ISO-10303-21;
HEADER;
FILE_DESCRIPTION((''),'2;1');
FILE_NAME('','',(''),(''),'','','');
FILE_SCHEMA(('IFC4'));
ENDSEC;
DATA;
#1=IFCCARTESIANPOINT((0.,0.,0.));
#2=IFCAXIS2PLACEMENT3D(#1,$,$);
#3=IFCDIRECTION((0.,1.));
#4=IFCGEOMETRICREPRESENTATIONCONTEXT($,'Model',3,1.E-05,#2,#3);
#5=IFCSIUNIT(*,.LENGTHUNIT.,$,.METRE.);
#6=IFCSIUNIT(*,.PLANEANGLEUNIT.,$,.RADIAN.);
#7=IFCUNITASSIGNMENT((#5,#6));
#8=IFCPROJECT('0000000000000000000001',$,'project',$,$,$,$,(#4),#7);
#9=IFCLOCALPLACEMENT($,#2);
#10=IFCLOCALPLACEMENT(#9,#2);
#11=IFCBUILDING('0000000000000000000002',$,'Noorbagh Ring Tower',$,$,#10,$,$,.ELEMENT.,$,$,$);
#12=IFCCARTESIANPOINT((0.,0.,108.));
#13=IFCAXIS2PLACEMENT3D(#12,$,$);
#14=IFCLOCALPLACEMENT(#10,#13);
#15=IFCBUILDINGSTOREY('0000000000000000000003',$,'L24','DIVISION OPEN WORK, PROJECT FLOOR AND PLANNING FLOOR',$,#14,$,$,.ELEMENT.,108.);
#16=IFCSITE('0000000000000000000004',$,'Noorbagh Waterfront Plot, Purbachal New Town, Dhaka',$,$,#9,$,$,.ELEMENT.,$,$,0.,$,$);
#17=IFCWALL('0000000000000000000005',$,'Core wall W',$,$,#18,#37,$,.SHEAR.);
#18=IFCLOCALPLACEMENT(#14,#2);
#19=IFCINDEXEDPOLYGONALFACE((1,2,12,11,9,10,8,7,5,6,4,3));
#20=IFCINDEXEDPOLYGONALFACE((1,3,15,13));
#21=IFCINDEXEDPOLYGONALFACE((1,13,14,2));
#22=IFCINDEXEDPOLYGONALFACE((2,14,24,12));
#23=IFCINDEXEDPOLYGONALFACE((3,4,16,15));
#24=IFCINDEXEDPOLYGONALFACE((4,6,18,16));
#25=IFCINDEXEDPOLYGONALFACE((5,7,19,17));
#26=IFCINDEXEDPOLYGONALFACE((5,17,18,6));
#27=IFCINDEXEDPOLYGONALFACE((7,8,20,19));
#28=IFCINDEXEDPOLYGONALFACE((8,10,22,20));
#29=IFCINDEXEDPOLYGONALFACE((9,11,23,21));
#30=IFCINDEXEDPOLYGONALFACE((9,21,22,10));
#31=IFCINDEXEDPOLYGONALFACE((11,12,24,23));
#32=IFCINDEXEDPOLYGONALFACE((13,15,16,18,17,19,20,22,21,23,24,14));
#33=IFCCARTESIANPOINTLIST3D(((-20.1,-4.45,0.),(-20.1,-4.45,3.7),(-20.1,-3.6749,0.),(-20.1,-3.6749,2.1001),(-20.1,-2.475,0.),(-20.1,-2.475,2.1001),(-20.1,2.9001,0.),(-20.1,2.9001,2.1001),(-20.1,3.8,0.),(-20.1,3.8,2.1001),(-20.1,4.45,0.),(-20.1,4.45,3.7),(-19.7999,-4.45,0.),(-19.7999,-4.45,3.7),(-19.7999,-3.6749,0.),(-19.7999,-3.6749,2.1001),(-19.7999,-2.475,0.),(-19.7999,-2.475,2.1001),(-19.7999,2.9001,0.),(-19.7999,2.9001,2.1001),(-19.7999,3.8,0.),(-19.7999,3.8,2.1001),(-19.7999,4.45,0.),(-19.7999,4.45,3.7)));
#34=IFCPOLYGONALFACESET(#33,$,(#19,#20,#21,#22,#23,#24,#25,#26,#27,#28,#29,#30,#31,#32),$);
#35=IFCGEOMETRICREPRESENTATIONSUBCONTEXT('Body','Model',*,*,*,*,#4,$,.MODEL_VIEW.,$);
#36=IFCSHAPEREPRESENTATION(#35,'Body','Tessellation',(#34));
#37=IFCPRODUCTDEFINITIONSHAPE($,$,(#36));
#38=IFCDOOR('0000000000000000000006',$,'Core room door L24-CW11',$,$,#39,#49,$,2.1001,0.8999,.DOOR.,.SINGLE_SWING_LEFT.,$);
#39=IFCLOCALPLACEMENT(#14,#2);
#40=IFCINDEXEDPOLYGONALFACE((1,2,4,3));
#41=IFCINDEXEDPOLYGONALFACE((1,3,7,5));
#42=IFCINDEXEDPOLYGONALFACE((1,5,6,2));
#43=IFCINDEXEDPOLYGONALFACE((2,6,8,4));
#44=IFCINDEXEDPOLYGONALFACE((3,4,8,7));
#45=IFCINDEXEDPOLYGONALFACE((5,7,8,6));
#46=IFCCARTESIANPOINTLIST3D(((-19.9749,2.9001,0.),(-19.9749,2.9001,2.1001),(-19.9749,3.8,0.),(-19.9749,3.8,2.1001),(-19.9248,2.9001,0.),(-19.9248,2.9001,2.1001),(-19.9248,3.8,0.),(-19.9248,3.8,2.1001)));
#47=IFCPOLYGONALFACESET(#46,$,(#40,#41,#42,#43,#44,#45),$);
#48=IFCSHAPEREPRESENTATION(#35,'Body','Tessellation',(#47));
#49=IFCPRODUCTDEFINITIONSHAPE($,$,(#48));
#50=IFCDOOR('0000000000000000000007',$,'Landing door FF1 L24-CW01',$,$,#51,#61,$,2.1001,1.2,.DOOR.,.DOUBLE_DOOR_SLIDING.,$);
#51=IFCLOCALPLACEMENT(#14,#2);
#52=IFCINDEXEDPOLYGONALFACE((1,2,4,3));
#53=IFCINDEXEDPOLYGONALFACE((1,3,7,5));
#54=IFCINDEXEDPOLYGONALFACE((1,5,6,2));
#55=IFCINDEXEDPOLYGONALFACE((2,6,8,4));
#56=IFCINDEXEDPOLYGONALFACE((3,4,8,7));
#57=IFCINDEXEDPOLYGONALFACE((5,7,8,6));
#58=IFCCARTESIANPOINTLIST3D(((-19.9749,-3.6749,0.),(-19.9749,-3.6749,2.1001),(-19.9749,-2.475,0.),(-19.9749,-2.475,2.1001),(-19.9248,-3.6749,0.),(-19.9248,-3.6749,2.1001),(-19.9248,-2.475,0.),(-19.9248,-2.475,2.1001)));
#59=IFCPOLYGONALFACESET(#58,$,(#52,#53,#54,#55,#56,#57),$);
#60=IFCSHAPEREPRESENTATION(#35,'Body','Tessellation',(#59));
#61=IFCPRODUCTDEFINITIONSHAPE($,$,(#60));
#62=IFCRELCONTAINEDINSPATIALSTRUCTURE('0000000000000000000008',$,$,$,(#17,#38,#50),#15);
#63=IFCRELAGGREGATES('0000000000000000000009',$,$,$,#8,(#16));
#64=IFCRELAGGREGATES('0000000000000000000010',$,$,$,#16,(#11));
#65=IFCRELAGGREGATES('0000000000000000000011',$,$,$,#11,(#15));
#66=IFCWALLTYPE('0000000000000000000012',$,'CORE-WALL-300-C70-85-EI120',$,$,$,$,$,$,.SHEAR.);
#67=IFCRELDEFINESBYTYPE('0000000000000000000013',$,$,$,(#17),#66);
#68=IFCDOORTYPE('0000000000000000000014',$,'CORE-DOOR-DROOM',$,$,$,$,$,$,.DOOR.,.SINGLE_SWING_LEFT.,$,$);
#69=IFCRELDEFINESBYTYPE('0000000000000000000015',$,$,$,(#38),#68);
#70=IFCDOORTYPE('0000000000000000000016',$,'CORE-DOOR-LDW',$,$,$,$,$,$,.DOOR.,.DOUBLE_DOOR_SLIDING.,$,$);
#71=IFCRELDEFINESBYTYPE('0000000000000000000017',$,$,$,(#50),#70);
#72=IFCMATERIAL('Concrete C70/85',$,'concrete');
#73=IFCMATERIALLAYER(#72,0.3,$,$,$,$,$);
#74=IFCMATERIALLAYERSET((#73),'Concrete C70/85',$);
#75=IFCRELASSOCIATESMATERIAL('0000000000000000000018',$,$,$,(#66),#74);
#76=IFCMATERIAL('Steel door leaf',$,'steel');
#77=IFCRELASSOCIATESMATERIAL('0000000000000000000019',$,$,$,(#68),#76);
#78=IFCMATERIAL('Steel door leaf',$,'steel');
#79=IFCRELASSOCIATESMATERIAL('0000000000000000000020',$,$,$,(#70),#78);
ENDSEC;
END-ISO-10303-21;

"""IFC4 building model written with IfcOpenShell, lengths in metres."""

from ifc_helpers import new_model, si_unit, direction, frame, frame_2d, origin, place, context, subcontext, project, spatial, rectangle, extrude, material, layer, layer_set, type_object, element, fill, save


model = new_model("IFC4")

# Units and contexts
model_context = context("Model", 3, precision=1e-05, world=origin(), true_north=direction((0.0, 1.0)))
body_context = subcontext(model_context, "Body", "Model", "MODEL_VIEW")
ifc_project = project(units=[si_unit("LENGTHUNIT", "METRE"), si_unit("PLANEANGLEUNIT", "RADIAN")], contexts=[model_context])

# Site, building, storey
site_placement = place(None, origin())
site = spatial("IfcSite", under=ifc_project, at=site_placement, Name="Noorbagh Waterfront Plot, Purbachal New Town, Dhaka", CompositionType="ELEMENT", RefElevation=0.0)
building_placement = place(site_placement, origin())
building = spatial("IfcBuilding", under=site, at=building_placement, Name="Noorbagh Ring Tower", CompositionType="ELEMENT")
storey_placement = place(building_placement, frame((0.0, 0.0, 108.0)))
storey = spatial("IfcBuildingStorey", under=building, at=storey_placement, Name="L24", Description="DIVISION OPEN WORK, PROJECT FLOOR AND PLANNING FLOOR", CompositionType="ELEMENT", Elevation=108.0)

# Shared definitions
ifc_material_1 = material(Name="Concrete C70/85", Category="concrete")
ifc_layer_1 = layer(ifc_material_1, 0.3)
ifc_layer_set_1 = layer_set([ifc_layer_1], Name="Concrete C70/85")
wall_type_1 = type_object("IfcWallType", Name="CORE-WALL-300-C70-85-EI120", PredefinedType="SHEAR", material=ifc_layer_set_1)

# Wall, openings, doors
wall_1_placement = place(storey_placement, frame((-19.95, -4.45, 0.0), z_axis=(0.0, 0.0, 1.0), x_axis=(0.0, 1.0, 0.0)))
wall_1 = element("IfcWall", 1, at=wall_1_placement, inside=storey, type_object=wall_type_1, Name="Core wall W", PredefinedType="SHEAR", context=body_context, shape_type="SweptSolid", body=[
    extrude(rectangle(XDim=8.8999, YDim=0.3, at=frame_2d((4.45, 0.0))), origin(), (0.0, 0.0, 1.0), 3.7),
])
opening_1_placement = place(wall_1_placement, frame((0.7749, 0.0, 0.0)))
opening_1 = element("IfcOpeningElement", 2, at=opening_1_placement, cuts=wall_1, PredefinedType="OPENING", context=body_context, shape_type="SweptSolid", body=[
    extrude(rectangle(XDim=1.2, YDim=2.1001, at=frame_2d((0.6001, 1.05))), frame((0.0, 0.1602, 0.0), z_axis=(0.0, -1.0, 0.0), x_axis=(1.0, 0.0, 0.0)), (0.0, 0.0, 1.0), 0.3201),
])
opening_2_placement = place(wall_1_placement, frame((7.3501, 0.0, 0.0)))
opening_2 = element("IfcOpeningElement", 3, at=opening_2_placement, cuts=wall_1, PredefinedType="OPENING", context=body_context, shape_type="SweptSolid", body=[
    extrude(rectangle(XDim=0.8999, YDim=2.1001, at=frame_2d((0.45, 1.05))), frame((0.0, 0.1602, 0.0), z_axis=(0.0, -1.0, 0.0), x_axis=(1.0, 0.0, 0.0)), (0.0, 0.0, 1.0), 0.3201),
])
ifc_material_2 = material(Name="Steel door leaf", Category="steel")
door_type_1 = type_object("IfcDoorType", Name="CORE-DOOR-DROOM", OperationType="SINGLE_SWING_LEFT", PredefinedType="DOOR", material=ifc_material_2)
door_1_placement = place(opening_2_placement, origin())
door_1 = element("IfcDoor", 4, at=door_1_placement, inside=storey, type_object=door_type_1, Name="Core room door L24-CW11", OperationType="SINGLE_SWING_LEFT", OverallHeight=2.1001, OverallWidth=0.8999, PredefinedType="DOOR", context=body_context, shape_type="SweptSolid", body=[
    extrude(rectangle(XDim=0.8999, YDim=2.1001, at=frame_2d((0.45, 1.05))), frame((0.0, 0.0249, 0.0), z_axis=(0.0, -1.0, 0.0), x_axis=(1.0, 0.0, 0.0)), (0.0, 0.0, 1.0), 0.05),
])
fill(opening_2, door_1)
ifc_material_3 = material(Name="Steel door leaf", Category="steel")
door_type_2 = type_object("IfcDoorType", Name="CORE-DOOR-LDW", OperationType="DOUBLE_DOOR_SLIDING", PredefinedType="DOOR", material=ifc_material_3)
door_2_placement = place(opening_1_placement, origin())
door_2 = element("IfcDoor", 5, at=door_2_placement, inside=storey, type_object=door_type_2, Name="Landing door FF1 L24-CW01", OperationType="DOUBLE_DOOR_SLIDING", OverallHeight=2.1001, OverallWidth=1.2, PredefinedType="DOOR", context=body_context, shape_type="SweptSolid", body=[
    extrude(rectangle(XDim=1.2, YDim=2.1001, at=frame_2d((0.6001, 1.05))), frame((0.0, 0.0249, 0.0), z_axis=(0.0, -1.0, 0.0), x_axis=(1.0, 0.0, 0.0)), (0.0, 0.0, 1.0), 0.05),
])
fill(opening_1, door_2)

save(model, "model.ifc")
